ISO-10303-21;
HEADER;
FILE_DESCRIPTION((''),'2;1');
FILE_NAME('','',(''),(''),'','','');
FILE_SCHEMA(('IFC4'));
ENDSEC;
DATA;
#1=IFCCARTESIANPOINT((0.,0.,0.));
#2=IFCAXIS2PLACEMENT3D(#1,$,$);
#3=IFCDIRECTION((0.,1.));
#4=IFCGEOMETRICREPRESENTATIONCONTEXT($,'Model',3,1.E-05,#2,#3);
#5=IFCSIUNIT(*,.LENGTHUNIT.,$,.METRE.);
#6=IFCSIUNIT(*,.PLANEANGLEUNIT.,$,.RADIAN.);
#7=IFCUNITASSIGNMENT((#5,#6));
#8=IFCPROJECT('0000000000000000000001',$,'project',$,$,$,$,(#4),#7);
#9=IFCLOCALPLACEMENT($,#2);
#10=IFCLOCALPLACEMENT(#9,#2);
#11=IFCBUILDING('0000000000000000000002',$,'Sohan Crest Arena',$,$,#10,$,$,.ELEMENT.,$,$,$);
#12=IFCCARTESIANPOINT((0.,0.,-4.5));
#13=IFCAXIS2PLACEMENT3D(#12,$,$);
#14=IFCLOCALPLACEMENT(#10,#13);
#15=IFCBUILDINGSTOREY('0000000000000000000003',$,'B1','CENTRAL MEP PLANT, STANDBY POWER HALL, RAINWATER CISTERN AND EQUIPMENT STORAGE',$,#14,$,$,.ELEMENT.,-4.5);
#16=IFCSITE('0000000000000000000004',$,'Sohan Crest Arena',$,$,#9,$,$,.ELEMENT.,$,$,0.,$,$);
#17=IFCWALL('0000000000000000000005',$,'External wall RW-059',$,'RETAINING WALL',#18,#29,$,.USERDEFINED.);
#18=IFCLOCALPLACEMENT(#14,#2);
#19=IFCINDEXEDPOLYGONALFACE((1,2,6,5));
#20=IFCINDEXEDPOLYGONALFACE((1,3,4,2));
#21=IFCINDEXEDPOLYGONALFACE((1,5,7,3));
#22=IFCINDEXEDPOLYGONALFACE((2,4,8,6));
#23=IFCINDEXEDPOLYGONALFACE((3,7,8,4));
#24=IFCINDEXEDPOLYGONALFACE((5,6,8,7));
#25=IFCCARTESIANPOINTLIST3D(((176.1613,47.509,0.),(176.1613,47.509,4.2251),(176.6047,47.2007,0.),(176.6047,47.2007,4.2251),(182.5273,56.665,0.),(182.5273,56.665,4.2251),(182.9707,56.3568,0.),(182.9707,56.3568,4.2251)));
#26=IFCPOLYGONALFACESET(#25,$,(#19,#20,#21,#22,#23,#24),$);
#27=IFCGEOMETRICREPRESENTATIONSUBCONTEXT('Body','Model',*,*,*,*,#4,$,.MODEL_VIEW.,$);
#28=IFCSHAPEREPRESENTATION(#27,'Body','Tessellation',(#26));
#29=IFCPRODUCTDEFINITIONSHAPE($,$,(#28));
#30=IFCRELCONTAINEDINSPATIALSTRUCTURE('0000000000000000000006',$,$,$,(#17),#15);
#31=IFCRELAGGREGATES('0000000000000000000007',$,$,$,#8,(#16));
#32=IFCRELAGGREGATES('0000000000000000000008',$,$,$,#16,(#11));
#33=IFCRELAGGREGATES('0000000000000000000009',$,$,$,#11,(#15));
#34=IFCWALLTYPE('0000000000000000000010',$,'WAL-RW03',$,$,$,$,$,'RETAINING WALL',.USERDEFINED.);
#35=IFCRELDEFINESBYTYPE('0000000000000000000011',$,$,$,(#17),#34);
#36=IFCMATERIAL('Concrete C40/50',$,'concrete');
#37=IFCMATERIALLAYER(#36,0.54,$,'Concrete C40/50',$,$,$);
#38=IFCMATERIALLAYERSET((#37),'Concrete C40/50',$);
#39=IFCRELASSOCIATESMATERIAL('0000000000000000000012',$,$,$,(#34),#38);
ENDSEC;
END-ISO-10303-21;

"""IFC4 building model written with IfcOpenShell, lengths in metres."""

from ifc_helpers import new_model, si_unit, direction, frame, frame_2d, origin, place, context, subcontext, project, spatial, rectangle, extrude, material, layer, layer_set, type_object, element, save


model = new_model("IFC4")

# Units and contexts
model_context = context("Model", 3, precision=1e-05, world=origin(), true_north=direction((0.0, 1.0)))
body_context = subcontext(model_context, "Body", "Model", "MODEL_VIEW")
ifc_project = project(units=[si_unit("LENGTHUNIT", "METRE"), si_unit("PLANEANGLEUNIT", "RADIAN")], contexts=[model_context])

# Site, building, storey
site_placement = place(None, origin())
site = spatial("IfcSite", under=ifc_project, at=site_placement, Name="Sohan Crest Arena", CompositionType="ELEMENT", RefElevation=0.0)
building_placement = place(site_placement, origin())
building = spatial("IfcBuilding", under=site, at=building_placement, Name="Sohan Crest Arena", CompositionType="ELEMENT")
storey_placement = place(building_placement, frame((0.0, 0.0, -4.5)))
storey = spatial("IfcBuildingStorey", under=building, at=storey_placement, Name="B1", Description="CENTRAL MEP PLANT, STANDBY POWER HALL, RAINWATER CISTERN AND EQUIPMENT STORAGE", CompositionType="ELEMENT", Elevation=-4.5)

# Shared definitions
ifc_material_1 = material(Name="Concrete C40/50", Category="concrete")

# Wall
ifc_layer_1 = layer(ifc_material_1, 0.54, Name="Concrete C40/50")
ifc_layer_set_1 = layer_set([ifc_layer_1], Name="Concrete C40/50")
wall_type_1 = type_object("IfcWallType", Name="WAL-RW03", ElementType="RETAINING WALL", PredefinedType="USERDEFINED", material=ifc_layer_set_1)
wall_1_placement = place(storey_placement, frame((176.3831, 47.355, 0.0), z_axis=(0.0, 0.0, 1.0), x_axis=(0.570857, 0.821049, 0.0)))
element("IfcWall", 1, at=wall_1_placement, inside=storey, type_object=wall_type_1, Name="External wall RW-059", ObjectType="RETAINING WALL", PredefinedType="USERDEFINED", context=body_context, shape_type="SweptSolid", body=[
    extrude(rectangle(XDim=11.1516, YDim=0.54, at=frame_2d((5.5757, 0.0))), origin(), (0.0, 0.0, 1.0), 4.2251),
])

save(model, "model.ifc")
